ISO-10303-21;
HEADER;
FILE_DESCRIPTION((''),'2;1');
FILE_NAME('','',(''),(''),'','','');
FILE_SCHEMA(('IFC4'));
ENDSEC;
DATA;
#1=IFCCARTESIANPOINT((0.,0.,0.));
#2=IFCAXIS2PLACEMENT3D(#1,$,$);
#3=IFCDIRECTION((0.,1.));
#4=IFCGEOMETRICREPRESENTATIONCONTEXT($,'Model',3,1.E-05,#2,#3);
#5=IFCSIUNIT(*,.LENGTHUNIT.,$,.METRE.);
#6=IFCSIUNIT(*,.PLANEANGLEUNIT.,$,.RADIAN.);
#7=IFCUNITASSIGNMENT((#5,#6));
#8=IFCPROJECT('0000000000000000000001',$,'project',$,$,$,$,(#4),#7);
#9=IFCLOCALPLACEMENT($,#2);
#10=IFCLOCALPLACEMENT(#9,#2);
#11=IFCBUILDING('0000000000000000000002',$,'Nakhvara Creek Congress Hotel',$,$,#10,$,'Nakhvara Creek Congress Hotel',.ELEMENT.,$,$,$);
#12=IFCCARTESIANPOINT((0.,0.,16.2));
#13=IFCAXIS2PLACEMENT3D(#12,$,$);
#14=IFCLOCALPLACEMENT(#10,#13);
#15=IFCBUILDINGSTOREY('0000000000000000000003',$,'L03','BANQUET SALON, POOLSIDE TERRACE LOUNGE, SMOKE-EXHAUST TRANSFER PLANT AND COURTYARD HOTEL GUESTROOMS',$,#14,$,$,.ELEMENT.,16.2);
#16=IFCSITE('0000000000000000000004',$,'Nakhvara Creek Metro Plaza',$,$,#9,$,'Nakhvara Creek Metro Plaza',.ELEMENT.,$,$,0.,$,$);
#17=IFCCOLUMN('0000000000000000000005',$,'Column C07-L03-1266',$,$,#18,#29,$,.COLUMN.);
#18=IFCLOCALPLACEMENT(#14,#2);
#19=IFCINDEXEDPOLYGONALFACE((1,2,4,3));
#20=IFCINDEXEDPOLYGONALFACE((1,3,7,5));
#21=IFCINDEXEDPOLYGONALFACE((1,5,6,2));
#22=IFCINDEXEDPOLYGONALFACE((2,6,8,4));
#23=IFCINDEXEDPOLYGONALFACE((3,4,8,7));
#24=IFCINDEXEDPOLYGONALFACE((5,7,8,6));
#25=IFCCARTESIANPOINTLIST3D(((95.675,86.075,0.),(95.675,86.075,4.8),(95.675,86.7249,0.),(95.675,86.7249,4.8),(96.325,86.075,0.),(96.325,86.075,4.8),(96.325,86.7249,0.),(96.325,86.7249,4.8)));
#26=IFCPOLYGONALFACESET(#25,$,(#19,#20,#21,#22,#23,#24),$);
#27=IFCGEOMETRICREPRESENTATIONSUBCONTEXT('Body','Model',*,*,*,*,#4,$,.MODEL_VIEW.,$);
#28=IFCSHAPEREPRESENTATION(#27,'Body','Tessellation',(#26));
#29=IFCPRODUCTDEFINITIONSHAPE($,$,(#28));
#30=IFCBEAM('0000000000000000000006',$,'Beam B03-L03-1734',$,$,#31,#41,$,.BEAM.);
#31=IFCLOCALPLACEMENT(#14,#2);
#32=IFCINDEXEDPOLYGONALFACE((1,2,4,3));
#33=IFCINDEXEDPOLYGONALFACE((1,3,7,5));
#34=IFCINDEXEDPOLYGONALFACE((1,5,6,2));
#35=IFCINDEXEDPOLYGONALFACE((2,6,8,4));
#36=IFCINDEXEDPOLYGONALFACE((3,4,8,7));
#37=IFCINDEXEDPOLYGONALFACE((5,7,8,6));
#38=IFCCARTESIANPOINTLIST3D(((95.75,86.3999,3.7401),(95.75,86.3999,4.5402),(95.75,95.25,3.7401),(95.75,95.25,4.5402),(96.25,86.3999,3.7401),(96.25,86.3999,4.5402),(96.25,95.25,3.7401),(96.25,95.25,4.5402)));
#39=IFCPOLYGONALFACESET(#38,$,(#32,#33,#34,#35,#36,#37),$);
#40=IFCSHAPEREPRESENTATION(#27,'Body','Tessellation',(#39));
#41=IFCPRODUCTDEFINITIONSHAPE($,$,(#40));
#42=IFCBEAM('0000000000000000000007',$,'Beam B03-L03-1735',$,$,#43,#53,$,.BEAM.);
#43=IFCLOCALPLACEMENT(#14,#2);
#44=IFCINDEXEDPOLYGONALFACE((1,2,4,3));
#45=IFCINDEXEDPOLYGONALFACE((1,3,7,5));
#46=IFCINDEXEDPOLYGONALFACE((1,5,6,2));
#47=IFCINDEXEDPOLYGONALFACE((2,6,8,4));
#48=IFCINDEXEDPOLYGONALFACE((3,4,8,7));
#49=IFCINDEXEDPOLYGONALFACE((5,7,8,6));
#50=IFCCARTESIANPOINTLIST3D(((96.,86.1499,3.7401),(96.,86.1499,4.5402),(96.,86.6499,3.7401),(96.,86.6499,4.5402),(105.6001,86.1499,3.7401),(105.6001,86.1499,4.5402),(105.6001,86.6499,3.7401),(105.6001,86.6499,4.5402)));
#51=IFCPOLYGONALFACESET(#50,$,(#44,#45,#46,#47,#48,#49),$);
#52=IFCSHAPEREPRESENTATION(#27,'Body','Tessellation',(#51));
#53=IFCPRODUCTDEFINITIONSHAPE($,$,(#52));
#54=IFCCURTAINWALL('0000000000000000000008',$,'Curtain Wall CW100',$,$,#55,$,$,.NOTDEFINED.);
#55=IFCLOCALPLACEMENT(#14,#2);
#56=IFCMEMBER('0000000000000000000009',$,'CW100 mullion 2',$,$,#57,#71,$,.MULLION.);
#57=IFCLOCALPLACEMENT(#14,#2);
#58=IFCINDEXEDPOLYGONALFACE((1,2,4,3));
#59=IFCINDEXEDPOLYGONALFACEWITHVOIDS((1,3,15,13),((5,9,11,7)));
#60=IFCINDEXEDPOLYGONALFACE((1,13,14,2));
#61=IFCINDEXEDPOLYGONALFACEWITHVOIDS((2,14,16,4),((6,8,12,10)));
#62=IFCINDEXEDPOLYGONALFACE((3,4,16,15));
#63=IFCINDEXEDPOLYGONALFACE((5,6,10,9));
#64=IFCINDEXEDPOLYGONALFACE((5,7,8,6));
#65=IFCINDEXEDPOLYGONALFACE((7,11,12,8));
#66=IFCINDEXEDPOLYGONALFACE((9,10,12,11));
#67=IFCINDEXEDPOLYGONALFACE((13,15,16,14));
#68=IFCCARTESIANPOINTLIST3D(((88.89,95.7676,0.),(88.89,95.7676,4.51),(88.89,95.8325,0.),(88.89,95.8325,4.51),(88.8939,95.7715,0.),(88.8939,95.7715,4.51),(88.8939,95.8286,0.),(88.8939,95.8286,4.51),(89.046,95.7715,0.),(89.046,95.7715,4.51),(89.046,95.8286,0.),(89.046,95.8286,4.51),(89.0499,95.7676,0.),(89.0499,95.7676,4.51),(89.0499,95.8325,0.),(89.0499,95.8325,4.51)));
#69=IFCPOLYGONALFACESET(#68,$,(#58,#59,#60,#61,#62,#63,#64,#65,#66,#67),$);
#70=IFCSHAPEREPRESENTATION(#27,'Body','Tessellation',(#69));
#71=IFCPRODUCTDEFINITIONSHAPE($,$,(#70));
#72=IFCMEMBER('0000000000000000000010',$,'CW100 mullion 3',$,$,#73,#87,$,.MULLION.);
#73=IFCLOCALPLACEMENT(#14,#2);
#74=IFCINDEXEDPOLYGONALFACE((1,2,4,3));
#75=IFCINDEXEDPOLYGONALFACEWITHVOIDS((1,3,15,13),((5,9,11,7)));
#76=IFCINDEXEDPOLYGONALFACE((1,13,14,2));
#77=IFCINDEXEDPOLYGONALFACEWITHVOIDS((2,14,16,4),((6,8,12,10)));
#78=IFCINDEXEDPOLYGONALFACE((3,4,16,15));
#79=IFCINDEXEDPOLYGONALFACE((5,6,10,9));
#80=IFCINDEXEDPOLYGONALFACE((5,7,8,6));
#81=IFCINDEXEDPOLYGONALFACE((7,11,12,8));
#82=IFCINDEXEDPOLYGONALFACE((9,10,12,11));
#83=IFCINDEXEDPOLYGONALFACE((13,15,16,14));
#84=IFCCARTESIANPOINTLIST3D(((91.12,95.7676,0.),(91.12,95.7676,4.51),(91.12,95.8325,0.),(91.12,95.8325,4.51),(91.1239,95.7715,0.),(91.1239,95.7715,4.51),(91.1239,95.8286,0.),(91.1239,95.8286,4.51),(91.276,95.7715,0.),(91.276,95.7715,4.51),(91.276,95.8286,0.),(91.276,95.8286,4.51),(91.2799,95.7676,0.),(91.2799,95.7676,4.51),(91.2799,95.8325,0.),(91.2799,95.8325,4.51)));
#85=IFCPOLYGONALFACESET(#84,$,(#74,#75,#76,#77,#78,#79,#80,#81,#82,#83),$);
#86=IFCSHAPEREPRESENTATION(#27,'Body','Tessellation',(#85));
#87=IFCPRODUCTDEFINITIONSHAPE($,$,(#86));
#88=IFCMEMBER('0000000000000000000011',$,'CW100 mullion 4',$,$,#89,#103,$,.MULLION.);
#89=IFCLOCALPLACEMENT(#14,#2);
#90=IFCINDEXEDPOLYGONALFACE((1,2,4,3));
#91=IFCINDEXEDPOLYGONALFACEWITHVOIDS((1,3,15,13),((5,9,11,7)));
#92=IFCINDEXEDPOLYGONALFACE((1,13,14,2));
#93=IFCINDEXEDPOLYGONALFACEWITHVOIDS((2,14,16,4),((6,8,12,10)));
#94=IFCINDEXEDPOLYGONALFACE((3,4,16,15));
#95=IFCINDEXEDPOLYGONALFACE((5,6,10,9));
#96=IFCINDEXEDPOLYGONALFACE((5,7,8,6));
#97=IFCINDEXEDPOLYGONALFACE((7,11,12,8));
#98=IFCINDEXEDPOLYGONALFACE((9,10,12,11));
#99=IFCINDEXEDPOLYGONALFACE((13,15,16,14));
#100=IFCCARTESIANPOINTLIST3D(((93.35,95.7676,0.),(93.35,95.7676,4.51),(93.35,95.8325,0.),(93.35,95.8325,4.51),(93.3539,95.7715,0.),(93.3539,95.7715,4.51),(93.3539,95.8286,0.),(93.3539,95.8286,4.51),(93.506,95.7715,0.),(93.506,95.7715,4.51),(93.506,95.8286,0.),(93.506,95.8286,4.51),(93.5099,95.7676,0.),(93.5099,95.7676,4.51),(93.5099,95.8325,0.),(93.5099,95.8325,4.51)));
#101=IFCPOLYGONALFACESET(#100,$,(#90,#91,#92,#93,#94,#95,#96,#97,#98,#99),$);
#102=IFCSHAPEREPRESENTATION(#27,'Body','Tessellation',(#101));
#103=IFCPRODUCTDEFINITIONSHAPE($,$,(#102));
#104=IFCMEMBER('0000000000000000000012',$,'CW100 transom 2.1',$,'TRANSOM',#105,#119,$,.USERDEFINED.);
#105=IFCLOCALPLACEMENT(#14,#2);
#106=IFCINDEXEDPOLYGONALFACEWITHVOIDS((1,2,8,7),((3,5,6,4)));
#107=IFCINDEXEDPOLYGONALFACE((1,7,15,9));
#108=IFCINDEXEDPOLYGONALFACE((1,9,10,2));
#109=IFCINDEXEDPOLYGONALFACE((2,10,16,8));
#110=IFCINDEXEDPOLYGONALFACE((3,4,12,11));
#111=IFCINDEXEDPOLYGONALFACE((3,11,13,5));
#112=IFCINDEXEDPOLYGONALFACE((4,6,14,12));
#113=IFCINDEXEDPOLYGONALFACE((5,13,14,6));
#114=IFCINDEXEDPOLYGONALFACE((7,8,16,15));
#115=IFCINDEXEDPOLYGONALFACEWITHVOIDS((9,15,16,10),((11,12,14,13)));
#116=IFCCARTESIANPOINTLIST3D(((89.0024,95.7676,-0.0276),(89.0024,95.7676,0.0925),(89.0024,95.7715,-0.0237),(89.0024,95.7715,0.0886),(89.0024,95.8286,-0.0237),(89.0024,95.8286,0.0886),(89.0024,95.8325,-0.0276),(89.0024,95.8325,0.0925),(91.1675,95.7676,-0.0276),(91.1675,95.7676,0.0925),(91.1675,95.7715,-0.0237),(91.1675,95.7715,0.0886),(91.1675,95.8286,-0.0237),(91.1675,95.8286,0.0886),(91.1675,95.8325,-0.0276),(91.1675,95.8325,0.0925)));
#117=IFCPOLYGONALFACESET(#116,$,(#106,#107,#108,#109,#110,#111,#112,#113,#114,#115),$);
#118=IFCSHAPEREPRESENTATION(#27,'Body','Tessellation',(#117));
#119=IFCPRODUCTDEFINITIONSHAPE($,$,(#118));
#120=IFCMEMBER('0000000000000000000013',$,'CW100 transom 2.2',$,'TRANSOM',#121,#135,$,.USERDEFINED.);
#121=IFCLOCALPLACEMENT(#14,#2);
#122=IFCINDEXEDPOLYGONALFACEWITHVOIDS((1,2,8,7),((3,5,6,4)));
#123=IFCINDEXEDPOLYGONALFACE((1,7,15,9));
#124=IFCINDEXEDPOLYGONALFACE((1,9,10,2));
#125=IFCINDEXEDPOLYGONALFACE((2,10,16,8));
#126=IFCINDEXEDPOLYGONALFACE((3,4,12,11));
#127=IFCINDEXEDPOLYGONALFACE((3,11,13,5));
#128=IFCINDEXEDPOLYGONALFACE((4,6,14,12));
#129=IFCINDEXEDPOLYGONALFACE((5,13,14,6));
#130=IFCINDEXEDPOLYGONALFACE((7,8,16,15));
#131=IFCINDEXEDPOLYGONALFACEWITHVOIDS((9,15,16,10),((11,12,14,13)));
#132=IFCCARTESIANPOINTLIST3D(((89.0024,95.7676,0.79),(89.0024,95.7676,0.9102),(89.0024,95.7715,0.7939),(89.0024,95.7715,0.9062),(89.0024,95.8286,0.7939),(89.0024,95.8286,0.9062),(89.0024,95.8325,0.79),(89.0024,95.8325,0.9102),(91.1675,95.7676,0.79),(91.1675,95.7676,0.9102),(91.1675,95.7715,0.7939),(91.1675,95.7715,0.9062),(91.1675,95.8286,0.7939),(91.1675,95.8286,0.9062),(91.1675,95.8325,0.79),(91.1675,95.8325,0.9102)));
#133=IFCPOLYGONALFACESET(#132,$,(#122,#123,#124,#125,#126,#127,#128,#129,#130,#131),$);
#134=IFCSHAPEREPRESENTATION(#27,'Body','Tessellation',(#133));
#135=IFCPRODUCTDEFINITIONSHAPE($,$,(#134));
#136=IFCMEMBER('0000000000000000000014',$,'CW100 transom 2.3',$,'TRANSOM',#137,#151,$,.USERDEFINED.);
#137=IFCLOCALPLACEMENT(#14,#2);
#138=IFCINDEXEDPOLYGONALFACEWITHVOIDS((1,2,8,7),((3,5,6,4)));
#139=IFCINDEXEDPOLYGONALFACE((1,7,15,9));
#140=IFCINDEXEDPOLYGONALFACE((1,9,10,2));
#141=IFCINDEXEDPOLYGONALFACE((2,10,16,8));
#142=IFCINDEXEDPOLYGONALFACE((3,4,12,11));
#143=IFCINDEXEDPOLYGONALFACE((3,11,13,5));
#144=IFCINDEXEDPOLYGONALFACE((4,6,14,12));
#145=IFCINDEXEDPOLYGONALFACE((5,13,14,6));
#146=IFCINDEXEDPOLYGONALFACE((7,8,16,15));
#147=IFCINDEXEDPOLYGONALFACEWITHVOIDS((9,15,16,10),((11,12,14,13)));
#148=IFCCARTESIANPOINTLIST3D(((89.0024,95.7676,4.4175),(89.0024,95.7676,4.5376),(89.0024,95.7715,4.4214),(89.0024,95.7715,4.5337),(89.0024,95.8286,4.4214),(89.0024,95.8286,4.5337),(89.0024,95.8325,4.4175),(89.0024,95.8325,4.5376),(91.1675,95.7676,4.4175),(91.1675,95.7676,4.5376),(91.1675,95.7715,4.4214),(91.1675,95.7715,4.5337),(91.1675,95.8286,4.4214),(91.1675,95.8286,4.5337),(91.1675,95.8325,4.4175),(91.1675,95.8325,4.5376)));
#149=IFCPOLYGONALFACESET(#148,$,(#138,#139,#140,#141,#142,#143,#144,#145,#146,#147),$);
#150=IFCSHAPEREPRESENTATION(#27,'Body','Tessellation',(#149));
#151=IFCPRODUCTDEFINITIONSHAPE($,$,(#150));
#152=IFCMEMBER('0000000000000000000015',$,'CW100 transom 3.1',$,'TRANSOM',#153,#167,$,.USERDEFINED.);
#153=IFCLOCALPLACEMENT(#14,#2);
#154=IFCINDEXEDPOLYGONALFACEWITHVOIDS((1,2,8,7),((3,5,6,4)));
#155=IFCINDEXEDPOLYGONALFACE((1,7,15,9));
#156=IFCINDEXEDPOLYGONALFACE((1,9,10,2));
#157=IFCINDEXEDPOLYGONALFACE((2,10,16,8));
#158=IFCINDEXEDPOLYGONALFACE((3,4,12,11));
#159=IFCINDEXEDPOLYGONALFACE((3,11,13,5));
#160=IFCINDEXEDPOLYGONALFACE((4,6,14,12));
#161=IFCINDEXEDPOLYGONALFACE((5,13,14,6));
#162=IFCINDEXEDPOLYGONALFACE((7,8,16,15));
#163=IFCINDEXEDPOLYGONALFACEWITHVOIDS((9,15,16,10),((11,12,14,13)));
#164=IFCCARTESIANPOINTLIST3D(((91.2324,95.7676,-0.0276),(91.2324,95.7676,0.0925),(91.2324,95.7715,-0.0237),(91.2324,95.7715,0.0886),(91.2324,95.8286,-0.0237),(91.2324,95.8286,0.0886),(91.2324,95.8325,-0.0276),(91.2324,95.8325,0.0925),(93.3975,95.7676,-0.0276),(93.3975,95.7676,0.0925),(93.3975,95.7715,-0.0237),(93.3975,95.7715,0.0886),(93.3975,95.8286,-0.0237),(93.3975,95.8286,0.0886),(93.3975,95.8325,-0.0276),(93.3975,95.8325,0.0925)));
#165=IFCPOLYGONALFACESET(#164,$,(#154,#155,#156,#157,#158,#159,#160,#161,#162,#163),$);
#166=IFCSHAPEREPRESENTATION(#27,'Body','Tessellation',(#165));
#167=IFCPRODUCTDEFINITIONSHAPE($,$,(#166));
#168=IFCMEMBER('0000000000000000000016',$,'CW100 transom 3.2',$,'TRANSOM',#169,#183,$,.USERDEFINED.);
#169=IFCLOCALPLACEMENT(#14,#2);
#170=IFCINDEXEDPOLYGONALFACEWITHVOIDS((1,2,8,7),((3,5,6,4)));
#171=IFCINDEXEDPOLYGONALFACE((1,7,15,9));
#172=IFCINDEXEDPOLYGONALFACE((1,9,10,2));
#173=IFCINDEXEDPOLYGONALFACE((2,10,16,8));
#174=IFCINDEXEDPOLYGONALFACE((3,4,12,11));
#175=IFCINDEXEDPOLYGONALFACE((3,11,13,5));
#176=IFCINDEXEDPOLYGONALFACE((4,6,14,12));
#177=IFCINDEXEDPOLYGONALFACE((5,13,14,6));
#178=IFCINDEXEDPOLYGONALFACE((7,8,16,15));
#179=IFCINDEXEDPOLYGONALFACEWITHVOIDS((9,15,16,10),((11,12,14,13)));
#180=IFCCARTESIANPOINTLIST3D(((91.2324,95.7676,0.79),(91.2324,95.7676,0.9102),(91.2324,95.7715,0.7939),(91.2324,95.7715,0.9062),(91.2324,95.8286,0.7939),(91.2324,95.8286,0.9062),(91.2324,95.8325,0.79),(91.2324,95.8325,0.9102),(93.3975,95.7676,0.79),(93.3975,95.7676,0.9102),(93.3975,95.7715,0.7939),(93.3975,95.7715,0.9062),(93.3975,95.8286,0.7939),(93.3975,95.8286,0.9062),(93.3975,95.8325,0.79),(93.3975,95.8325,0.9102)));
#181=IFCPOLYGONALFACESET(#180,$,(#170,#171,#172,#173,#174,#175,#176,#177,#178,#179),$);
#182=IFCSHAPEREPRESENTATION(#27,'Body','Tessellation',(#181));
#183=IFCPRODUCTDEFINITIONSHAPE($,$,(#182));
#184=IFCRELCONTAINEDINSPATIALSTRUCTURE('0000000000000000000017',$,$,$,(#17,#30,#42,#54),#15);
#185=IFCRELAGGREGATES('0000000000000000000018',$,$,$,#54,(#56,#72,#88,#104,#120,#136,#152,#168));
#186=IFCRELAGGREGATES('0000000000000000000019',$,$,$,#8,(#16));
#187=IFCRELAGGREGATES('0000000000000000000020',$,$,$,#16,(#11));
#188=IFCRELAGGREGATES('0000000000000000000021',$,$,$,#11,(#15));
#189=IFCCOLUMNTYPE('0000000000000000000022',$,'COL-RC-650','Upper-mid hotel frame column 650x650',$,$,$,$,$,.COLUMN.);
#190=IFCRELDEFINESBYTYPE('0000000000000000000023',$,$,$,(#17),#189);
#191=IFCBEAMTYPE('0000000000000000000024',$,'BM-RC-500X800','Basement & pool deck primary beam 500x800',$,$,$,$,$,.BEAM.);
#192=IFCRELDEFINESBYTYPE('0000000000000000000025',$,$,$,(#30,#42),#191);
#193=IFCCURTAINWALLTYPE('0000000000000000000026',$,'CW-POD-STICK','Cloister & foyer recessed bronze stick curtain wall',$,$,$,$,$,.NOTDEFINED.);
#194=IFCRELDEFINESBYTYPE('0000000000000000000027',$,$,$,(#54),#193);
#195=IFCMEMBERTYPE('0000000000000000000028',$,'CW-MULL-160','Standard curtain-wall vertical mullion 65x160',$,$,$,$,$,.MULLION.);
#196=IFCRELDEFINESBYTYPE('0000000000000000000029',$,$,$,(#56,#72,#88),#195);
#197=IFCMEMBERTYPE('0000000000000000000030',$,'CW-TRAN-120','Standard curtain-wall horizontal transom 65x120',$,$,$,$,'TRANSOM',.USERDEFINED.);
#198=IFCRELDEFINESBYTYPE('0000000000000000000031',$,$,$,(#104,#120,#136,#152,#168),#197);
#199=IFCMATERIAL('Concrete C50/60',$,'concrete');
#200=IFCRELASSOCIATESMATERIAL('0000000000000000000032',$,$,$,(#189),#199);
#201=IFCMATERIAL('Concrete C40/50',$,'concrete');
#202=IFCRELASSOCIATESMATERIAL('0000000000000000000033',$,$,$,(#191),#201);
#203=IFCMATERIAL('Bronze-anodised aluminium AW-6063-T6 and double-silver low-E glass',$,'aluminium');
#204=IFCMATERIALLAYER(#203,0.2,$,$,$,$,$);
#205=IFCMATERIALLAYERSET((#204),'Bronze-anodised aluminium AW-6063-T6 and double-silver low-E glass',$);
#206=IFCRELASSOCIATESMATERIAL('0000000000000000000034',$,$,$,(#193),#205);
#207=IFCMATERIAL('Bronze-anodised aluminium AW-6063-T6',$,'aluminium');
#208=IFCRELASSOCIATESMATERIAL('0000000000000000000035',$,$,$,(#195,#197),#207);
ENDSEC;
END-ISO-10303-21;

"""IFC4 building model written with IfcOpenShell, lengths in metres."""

from ifc_helpers import new_model, si_unit, direction, frame, origin, origin_2d, place, context, subcontext, project, spatial, rectangle, hollow_rectangle, extrude, material, layer, layer_set, material_profile, profile_set, type_object, element, aggregate, save


model = new_model("IFC4")

# Units and contexts
model_context = context("Model", 3, precision=1e-05, world=origin(), true_north=direction((0.0, 1.0)))
body_context = subcontext(model_context, "Body", "Model", "MODEL_VIEW")
ifc_project = project(units=[si_unit("LENGTHUNIT", "METRE"), si_unit("PLANEANGLEUNIT", "RADIAN")], contexts=[model_context])

# Site, building, storey
site_placement = place(None, origin())
site = spatial("IfcSite", under=ifc_project, at=site_placement, Name="Nakhvara Creek Metro Plaza", LongName="Nakhvara Creek Metro Plaza", CompositionType="ELEMENT", RefElevation=0.0)
building_placement = place(site_placement, origin())
building = spatial("IfcBuilding", under=site, at=building_placement, Name="Nakhvara Creek Congress Hotel", LongName="Nakhvara Creek Congress Hotel", CompositionType="ELEMENT")
storey_placement = place(building_placement, frame((0.0, 0.0, 16.2)))
storey = spatial("IfcBuildingStorey", under=building, at=storey_placement, Name="L03", Description="BANQUET SALON, POOLSIDE TERRACE LOUNGE, SMOKE-EXHAUST TRANSFER PLANT AND COURTYARD HOTEL GUESTROOMS", CompositionType="ELEMENT", Elevation=16.2)

# Column
ifc_material_1 = material(Name="Concrete C50/60", Category="concrete")
ifc_material_profile_1 = material_profile(ifc_material_1, rectangle(XDim=0.6499, YDim=0.6499, at=origin_2d()), Name="RC-COL 650x650", Category="LoadBearing")
ifc_profile_set_1 = profile_set([ifc_material_profile_1], Name="Concrete C50/60")
column_type = type_object("IfcColumnType", Name="COL-RC-650", Description="Upper-mid hotel frame column 650x650", PredefinedType="COLUMN", material=ifc_profile_set_1)
column_placement = place(storey_placement, frame((96.0, 86.3999, 0.0), z_axis=(0.0, 0.0, 1.0), x_axis=(1.0, 0.0, 0.0)))
element("IfcColumn", 1, at=column_placement, inside=storey, type_object=column_type, Name="Column C07-L03-1266", PredefinedType="COLUMN", context=body_context, shape_type="SweptSolid", body=[
    extrude(rectangle(XDim=0.6499, YDim=0.6499, at=origin_2d()), origin(), (0.0, 0.0, 1.0), 4.8),
])

# Beams
ifc_material_2 = material(Name="Concrete C40/50", Category="concrete")
ifc_material_profile_2 = material_profile(ifc_material_2, rectangle(XDim=0.5, YDim=0.8, at=origin_2d()), Name="RC-BM 500x800", Category="LoadBearing")
ifc_profile_set_2 = profile_set([ifc_material_profile_2], Name="Concrete C40/50")
beam_type = type_object("IfcBeamType", Name="BM-RC-500X800", Description="Basement & pool deck primary beam 500x800", PredefinedType="BEAM", material=ifc_profile_set_2)
beam_1_placement = place(storey_placement, frame((96.0, 86.3999, 4.1401), z_axis=(0.0, 1.0, 0.0), x_axis=(-1.0, 0.0, 0.0)))
element("IfcBeam", 2, at=beam_1_placement, inside=storey, type_object=beam_type, Name="Beam B03-L03-1734", PredefinedType="BEAM", context=body_context, shape_type="SweptSolid", body=[
    extrude(rectangle(XDim=0.5, YDim=0.8, at=origin_2d()), origin(), (0.0, 0.0, 1.0), 8.8501),
])
beam_2_placement = place(storey_placement, frame((96.0, 86.3999, 4.1401), z_axis=(1.0, 0.0, 0.0), x_axis=(0.0, 1.0, 0.0)))
element("IfcBeam", 3, at=beam_2_placement, inside=storey, type_object=beam_type, Name="Beam B03-L03-1735", PredefinedType="BEAM", context=body_context, shape_type="SweptSolid", body=[
    extrude(rectangle(XDim=0.5, YDim=0.8, at=origin_2d()), origin(), (0.0, 0.0, 1.0), 9.6001),
])

# Curtain wall, members
ifc_material_3 = material(Name="Bronze-anodised aluminium AW-6063-T6 and double-silver low-E glass", Category="aluminium")
ifc_layer = layer(ifc_material_3, 0.2)
ifc_layer_set = layer_set([ifc_layer], Name="Bronze-anodised aluminium AW-6063-T6 and double-silver low-E glass")
curtain_wall_type = type_object("IfcCurtainWallType", Name="CW-POD-STICK", Description="Cloister & foyer recessed bronze stick curtain wall", PredefinedType="NOTDEFINED", material=ifc_layer_set)
curtain_wall_placement = place(storey_placement, origin())
curtain_wall = element("IfcCurtainWall", 4, at=curtain_wall_placement, inside=storey, type_object=curtain_wall_type, Name="Curtain Wall CW100", PredefinedType="NOTDEFINED")
ifc_material_4 = material(Name="Bronze-anodised aluminium AW-6063-T6", Category="aluminium")
ifc_material_profile_3 = material_profile(ifc_material_4, hollow_rectangle(XDim=0.0649, YDim=0.1599, WallThickness=0.0039, at=origin_2d()), Name="ALU-MULL 65x160x4", Category="LoadBearing")
ifc_profile_set_3 = profile_set([ifc_material_profile_3], Name="Bronze-anodised aluminium AW-6063-T6")
member_type_1 = type_object("IfcMemberType", Name="CW-MULL-160", Description="Standard curtain-wall vertical mullion 65x160", PredefinedType="MULLION", material=ifc_profile_set_3)
member_1_placement = place(storey_placement, frame((88.97, 95.8, 0.0), z_axis=(0.0, 0.0, 1.0), x_axis=(0.0, 1.0, 0.0)))
member_1 = element("IfcMember", 5, at=member_1_placement, type_object=member_type_1, Name="CW100 mullion 2", PredefinedType="MULLION", context=body_context, shape_type="SweptSolid", body=[
    extrude(hollow_rectangle(XDim=0.0649, YDim=0.1599, WallThickness=0.0039, at=origin_2d()), origin(), (0.0, 0.0, 1.0), 4.51),
])
member_2_placement = place(storey_placement, frame((91.2, 95.8, 0.0), z_axis=(0.0, 0.0, 1.0), x_axis=(0.0, 1.0, 0.0)))
member_2 = element("IfcMember", 6, at=member_2_placement, type_object=member_type_1, Name="CW100 mullion 3", PredefinedType="MULLION", context=body_context, shape_type="SweptSolid", body=[
    extrude(hollow_rectangle(XDim=0.0649, YDim=0.1599, WallThickness=0.0039, at=origin_2d()), origin(), (0.0, 0.0, 1.0), 4.51),
])
member_3_placement = place(storey_placement, frame((93.4299, 95.8, 0.0), z_axis=(0.0, 0.0, 1.0), x_axis=(0.0, 1.0, 0.0)))
member_3 = element("IfcMember", 7, at=member_3_placement, type_object=member_type_1, Name="CW100 mullion 4", PredefinedType="MULLION", context=body_context, shape_type="SweptSolid", body=[
    extrude(hollow_rectangle(XDim=0.0649, YDim=0.1599, WallThickness=0.0039, at=origin_2d()), origin(), (0.0, 0.0, 1.0), 4.51),
])
ifc_material_profile_4 = material_profile(ifc_material_4, hollow_rectangle(XDim=0.0649, YDim=0.1201, WallThickness=0.0039, at=origin_2d()), Name="ALU-TRAN 65x120x4", Category="LoadBearing")
ifc_profile_set_4 = profile_set([ifc_material_profile_4], Name="Bronze-anodised aluminium AW-6063-T6")
member_type_2 = type_object("IfcMemberType", Name="CW-TRAN-120", Description="Standard curtain-wall horizontal transom 65x120", ElementType="TRANSOM", PredefinedType="USERDEFINED", material=ifc_profile_set_4)
member_4_placement = place(storey_placement, frame((89.0024, 95.8, 0.0325), z_axis=(1.0, 0.0, 0.0), x_axis=(0.0, 1.0, 0.0)))
member_4 = element("IfcMember", 8, at=member_4_placement, type_object=member_type_2, Name="CW100 transom 2.1", ObjectType="TRANSOM", PredefinedType="USERDEFINED", context=body_context, shape_type="SweptSolid", body=[
    extrude(hollow_rectangle(XDim=0.0649, YDim=0.1201, WallThickness=0.0039, at=origin_2d()), origin(), (0.0, 0.0, 1.0), 2.165),
])
member_5_placement = place(storey_placement, frame((89.0024, 95.8, 0.8501), z_axis=(1.0, 0.0, 0.0), x_axis=(0.0, 1.0, 0.0)))
member_5 = element("IfcMember", 9, at=member_5_placement, type_object=member_type_2, Name="CW100 transom 2.2", ObjectType="TRANSOM", PredefinedType="USERDEFINED", context=body_context, shape_type="SweptSolid", body=[
    extrude(hollow_rectangle(XDim=0.0649, YDim=0.1201, WallThickness=0.0039, at=origin_2d()), origin(), (0.0, 0.0, 1.0), 2.165),
])
member_6_placement = place(storey_placement, frame((89.0024, 95.8, 4.4775), z_axis=(1.0, 0.0, 0.0), x_axis=(0.0, 1.0, 0.0)))
member_6 = element("IfcMember", 10, at=member_6_placement, type_object=member_type_2, Name="CW100 transom 2.3", ObjectType="TRANSOM", PredefinedType="USERDEFINED", context=body_context, shape_type="SweptSolid", body=[
    extrude(hollow_rectangle(XDim=0.0649, YDim=0.1201, WallThickness=0.0039, at=origin_2d()), origin(), (0.0, 0.0, 1.0), 2.165),
])
member_7_placement = place(storey_placement, frame((91.2324, 95.8, 0.0325), z_axis=(1.0, 0.0, 0.0), x_axis=(0.0, 1.0, 0.0)))
member_7 = element("IfcMember", 11, at=member_7_placement, type_object=member_type_2, Name="CW100 transom 3.1", ObjectType="TRANSOM", PredefinedType="USERDEFINED", context=body_context, shape_type="SweptSolid", body=[
    extrude(hollow_rectangle(XDim=0.0649, YDim=0.1201, WallThickness=0.0039, at=origin_2d()), origin(), (0.0, 0.0, 1.0), 2.165),
])
member_8_placement = place(storey_placement, frame((91.2324, 95.8, 0.8501), z_axis=(1.0, 0.0, 0.0), x_axis=(0.0, 1.0, 0.0)))
member_8 = element("IfcMember", 12, at=member_8_placement, type_object=member_type_2, Name="CW100 transom 3.2", ObjectType="TRANSOM", PredefinedType="USERDEFINED", context=body_context, shape_type="SweptSolid", body=[
    extrude(hollow_rectangle(XDim=0.0649, YDim=0.1201, WallThickness=0.0039, at=origin_2d()), origin(), (0.0, 0.0, 1.0), 2.165),
])
aggregate(curtain_wall, [member_1, member_2, member_3, member_4, member_5, member_6, member_7, member_8])

save(model, "model.ifc")
